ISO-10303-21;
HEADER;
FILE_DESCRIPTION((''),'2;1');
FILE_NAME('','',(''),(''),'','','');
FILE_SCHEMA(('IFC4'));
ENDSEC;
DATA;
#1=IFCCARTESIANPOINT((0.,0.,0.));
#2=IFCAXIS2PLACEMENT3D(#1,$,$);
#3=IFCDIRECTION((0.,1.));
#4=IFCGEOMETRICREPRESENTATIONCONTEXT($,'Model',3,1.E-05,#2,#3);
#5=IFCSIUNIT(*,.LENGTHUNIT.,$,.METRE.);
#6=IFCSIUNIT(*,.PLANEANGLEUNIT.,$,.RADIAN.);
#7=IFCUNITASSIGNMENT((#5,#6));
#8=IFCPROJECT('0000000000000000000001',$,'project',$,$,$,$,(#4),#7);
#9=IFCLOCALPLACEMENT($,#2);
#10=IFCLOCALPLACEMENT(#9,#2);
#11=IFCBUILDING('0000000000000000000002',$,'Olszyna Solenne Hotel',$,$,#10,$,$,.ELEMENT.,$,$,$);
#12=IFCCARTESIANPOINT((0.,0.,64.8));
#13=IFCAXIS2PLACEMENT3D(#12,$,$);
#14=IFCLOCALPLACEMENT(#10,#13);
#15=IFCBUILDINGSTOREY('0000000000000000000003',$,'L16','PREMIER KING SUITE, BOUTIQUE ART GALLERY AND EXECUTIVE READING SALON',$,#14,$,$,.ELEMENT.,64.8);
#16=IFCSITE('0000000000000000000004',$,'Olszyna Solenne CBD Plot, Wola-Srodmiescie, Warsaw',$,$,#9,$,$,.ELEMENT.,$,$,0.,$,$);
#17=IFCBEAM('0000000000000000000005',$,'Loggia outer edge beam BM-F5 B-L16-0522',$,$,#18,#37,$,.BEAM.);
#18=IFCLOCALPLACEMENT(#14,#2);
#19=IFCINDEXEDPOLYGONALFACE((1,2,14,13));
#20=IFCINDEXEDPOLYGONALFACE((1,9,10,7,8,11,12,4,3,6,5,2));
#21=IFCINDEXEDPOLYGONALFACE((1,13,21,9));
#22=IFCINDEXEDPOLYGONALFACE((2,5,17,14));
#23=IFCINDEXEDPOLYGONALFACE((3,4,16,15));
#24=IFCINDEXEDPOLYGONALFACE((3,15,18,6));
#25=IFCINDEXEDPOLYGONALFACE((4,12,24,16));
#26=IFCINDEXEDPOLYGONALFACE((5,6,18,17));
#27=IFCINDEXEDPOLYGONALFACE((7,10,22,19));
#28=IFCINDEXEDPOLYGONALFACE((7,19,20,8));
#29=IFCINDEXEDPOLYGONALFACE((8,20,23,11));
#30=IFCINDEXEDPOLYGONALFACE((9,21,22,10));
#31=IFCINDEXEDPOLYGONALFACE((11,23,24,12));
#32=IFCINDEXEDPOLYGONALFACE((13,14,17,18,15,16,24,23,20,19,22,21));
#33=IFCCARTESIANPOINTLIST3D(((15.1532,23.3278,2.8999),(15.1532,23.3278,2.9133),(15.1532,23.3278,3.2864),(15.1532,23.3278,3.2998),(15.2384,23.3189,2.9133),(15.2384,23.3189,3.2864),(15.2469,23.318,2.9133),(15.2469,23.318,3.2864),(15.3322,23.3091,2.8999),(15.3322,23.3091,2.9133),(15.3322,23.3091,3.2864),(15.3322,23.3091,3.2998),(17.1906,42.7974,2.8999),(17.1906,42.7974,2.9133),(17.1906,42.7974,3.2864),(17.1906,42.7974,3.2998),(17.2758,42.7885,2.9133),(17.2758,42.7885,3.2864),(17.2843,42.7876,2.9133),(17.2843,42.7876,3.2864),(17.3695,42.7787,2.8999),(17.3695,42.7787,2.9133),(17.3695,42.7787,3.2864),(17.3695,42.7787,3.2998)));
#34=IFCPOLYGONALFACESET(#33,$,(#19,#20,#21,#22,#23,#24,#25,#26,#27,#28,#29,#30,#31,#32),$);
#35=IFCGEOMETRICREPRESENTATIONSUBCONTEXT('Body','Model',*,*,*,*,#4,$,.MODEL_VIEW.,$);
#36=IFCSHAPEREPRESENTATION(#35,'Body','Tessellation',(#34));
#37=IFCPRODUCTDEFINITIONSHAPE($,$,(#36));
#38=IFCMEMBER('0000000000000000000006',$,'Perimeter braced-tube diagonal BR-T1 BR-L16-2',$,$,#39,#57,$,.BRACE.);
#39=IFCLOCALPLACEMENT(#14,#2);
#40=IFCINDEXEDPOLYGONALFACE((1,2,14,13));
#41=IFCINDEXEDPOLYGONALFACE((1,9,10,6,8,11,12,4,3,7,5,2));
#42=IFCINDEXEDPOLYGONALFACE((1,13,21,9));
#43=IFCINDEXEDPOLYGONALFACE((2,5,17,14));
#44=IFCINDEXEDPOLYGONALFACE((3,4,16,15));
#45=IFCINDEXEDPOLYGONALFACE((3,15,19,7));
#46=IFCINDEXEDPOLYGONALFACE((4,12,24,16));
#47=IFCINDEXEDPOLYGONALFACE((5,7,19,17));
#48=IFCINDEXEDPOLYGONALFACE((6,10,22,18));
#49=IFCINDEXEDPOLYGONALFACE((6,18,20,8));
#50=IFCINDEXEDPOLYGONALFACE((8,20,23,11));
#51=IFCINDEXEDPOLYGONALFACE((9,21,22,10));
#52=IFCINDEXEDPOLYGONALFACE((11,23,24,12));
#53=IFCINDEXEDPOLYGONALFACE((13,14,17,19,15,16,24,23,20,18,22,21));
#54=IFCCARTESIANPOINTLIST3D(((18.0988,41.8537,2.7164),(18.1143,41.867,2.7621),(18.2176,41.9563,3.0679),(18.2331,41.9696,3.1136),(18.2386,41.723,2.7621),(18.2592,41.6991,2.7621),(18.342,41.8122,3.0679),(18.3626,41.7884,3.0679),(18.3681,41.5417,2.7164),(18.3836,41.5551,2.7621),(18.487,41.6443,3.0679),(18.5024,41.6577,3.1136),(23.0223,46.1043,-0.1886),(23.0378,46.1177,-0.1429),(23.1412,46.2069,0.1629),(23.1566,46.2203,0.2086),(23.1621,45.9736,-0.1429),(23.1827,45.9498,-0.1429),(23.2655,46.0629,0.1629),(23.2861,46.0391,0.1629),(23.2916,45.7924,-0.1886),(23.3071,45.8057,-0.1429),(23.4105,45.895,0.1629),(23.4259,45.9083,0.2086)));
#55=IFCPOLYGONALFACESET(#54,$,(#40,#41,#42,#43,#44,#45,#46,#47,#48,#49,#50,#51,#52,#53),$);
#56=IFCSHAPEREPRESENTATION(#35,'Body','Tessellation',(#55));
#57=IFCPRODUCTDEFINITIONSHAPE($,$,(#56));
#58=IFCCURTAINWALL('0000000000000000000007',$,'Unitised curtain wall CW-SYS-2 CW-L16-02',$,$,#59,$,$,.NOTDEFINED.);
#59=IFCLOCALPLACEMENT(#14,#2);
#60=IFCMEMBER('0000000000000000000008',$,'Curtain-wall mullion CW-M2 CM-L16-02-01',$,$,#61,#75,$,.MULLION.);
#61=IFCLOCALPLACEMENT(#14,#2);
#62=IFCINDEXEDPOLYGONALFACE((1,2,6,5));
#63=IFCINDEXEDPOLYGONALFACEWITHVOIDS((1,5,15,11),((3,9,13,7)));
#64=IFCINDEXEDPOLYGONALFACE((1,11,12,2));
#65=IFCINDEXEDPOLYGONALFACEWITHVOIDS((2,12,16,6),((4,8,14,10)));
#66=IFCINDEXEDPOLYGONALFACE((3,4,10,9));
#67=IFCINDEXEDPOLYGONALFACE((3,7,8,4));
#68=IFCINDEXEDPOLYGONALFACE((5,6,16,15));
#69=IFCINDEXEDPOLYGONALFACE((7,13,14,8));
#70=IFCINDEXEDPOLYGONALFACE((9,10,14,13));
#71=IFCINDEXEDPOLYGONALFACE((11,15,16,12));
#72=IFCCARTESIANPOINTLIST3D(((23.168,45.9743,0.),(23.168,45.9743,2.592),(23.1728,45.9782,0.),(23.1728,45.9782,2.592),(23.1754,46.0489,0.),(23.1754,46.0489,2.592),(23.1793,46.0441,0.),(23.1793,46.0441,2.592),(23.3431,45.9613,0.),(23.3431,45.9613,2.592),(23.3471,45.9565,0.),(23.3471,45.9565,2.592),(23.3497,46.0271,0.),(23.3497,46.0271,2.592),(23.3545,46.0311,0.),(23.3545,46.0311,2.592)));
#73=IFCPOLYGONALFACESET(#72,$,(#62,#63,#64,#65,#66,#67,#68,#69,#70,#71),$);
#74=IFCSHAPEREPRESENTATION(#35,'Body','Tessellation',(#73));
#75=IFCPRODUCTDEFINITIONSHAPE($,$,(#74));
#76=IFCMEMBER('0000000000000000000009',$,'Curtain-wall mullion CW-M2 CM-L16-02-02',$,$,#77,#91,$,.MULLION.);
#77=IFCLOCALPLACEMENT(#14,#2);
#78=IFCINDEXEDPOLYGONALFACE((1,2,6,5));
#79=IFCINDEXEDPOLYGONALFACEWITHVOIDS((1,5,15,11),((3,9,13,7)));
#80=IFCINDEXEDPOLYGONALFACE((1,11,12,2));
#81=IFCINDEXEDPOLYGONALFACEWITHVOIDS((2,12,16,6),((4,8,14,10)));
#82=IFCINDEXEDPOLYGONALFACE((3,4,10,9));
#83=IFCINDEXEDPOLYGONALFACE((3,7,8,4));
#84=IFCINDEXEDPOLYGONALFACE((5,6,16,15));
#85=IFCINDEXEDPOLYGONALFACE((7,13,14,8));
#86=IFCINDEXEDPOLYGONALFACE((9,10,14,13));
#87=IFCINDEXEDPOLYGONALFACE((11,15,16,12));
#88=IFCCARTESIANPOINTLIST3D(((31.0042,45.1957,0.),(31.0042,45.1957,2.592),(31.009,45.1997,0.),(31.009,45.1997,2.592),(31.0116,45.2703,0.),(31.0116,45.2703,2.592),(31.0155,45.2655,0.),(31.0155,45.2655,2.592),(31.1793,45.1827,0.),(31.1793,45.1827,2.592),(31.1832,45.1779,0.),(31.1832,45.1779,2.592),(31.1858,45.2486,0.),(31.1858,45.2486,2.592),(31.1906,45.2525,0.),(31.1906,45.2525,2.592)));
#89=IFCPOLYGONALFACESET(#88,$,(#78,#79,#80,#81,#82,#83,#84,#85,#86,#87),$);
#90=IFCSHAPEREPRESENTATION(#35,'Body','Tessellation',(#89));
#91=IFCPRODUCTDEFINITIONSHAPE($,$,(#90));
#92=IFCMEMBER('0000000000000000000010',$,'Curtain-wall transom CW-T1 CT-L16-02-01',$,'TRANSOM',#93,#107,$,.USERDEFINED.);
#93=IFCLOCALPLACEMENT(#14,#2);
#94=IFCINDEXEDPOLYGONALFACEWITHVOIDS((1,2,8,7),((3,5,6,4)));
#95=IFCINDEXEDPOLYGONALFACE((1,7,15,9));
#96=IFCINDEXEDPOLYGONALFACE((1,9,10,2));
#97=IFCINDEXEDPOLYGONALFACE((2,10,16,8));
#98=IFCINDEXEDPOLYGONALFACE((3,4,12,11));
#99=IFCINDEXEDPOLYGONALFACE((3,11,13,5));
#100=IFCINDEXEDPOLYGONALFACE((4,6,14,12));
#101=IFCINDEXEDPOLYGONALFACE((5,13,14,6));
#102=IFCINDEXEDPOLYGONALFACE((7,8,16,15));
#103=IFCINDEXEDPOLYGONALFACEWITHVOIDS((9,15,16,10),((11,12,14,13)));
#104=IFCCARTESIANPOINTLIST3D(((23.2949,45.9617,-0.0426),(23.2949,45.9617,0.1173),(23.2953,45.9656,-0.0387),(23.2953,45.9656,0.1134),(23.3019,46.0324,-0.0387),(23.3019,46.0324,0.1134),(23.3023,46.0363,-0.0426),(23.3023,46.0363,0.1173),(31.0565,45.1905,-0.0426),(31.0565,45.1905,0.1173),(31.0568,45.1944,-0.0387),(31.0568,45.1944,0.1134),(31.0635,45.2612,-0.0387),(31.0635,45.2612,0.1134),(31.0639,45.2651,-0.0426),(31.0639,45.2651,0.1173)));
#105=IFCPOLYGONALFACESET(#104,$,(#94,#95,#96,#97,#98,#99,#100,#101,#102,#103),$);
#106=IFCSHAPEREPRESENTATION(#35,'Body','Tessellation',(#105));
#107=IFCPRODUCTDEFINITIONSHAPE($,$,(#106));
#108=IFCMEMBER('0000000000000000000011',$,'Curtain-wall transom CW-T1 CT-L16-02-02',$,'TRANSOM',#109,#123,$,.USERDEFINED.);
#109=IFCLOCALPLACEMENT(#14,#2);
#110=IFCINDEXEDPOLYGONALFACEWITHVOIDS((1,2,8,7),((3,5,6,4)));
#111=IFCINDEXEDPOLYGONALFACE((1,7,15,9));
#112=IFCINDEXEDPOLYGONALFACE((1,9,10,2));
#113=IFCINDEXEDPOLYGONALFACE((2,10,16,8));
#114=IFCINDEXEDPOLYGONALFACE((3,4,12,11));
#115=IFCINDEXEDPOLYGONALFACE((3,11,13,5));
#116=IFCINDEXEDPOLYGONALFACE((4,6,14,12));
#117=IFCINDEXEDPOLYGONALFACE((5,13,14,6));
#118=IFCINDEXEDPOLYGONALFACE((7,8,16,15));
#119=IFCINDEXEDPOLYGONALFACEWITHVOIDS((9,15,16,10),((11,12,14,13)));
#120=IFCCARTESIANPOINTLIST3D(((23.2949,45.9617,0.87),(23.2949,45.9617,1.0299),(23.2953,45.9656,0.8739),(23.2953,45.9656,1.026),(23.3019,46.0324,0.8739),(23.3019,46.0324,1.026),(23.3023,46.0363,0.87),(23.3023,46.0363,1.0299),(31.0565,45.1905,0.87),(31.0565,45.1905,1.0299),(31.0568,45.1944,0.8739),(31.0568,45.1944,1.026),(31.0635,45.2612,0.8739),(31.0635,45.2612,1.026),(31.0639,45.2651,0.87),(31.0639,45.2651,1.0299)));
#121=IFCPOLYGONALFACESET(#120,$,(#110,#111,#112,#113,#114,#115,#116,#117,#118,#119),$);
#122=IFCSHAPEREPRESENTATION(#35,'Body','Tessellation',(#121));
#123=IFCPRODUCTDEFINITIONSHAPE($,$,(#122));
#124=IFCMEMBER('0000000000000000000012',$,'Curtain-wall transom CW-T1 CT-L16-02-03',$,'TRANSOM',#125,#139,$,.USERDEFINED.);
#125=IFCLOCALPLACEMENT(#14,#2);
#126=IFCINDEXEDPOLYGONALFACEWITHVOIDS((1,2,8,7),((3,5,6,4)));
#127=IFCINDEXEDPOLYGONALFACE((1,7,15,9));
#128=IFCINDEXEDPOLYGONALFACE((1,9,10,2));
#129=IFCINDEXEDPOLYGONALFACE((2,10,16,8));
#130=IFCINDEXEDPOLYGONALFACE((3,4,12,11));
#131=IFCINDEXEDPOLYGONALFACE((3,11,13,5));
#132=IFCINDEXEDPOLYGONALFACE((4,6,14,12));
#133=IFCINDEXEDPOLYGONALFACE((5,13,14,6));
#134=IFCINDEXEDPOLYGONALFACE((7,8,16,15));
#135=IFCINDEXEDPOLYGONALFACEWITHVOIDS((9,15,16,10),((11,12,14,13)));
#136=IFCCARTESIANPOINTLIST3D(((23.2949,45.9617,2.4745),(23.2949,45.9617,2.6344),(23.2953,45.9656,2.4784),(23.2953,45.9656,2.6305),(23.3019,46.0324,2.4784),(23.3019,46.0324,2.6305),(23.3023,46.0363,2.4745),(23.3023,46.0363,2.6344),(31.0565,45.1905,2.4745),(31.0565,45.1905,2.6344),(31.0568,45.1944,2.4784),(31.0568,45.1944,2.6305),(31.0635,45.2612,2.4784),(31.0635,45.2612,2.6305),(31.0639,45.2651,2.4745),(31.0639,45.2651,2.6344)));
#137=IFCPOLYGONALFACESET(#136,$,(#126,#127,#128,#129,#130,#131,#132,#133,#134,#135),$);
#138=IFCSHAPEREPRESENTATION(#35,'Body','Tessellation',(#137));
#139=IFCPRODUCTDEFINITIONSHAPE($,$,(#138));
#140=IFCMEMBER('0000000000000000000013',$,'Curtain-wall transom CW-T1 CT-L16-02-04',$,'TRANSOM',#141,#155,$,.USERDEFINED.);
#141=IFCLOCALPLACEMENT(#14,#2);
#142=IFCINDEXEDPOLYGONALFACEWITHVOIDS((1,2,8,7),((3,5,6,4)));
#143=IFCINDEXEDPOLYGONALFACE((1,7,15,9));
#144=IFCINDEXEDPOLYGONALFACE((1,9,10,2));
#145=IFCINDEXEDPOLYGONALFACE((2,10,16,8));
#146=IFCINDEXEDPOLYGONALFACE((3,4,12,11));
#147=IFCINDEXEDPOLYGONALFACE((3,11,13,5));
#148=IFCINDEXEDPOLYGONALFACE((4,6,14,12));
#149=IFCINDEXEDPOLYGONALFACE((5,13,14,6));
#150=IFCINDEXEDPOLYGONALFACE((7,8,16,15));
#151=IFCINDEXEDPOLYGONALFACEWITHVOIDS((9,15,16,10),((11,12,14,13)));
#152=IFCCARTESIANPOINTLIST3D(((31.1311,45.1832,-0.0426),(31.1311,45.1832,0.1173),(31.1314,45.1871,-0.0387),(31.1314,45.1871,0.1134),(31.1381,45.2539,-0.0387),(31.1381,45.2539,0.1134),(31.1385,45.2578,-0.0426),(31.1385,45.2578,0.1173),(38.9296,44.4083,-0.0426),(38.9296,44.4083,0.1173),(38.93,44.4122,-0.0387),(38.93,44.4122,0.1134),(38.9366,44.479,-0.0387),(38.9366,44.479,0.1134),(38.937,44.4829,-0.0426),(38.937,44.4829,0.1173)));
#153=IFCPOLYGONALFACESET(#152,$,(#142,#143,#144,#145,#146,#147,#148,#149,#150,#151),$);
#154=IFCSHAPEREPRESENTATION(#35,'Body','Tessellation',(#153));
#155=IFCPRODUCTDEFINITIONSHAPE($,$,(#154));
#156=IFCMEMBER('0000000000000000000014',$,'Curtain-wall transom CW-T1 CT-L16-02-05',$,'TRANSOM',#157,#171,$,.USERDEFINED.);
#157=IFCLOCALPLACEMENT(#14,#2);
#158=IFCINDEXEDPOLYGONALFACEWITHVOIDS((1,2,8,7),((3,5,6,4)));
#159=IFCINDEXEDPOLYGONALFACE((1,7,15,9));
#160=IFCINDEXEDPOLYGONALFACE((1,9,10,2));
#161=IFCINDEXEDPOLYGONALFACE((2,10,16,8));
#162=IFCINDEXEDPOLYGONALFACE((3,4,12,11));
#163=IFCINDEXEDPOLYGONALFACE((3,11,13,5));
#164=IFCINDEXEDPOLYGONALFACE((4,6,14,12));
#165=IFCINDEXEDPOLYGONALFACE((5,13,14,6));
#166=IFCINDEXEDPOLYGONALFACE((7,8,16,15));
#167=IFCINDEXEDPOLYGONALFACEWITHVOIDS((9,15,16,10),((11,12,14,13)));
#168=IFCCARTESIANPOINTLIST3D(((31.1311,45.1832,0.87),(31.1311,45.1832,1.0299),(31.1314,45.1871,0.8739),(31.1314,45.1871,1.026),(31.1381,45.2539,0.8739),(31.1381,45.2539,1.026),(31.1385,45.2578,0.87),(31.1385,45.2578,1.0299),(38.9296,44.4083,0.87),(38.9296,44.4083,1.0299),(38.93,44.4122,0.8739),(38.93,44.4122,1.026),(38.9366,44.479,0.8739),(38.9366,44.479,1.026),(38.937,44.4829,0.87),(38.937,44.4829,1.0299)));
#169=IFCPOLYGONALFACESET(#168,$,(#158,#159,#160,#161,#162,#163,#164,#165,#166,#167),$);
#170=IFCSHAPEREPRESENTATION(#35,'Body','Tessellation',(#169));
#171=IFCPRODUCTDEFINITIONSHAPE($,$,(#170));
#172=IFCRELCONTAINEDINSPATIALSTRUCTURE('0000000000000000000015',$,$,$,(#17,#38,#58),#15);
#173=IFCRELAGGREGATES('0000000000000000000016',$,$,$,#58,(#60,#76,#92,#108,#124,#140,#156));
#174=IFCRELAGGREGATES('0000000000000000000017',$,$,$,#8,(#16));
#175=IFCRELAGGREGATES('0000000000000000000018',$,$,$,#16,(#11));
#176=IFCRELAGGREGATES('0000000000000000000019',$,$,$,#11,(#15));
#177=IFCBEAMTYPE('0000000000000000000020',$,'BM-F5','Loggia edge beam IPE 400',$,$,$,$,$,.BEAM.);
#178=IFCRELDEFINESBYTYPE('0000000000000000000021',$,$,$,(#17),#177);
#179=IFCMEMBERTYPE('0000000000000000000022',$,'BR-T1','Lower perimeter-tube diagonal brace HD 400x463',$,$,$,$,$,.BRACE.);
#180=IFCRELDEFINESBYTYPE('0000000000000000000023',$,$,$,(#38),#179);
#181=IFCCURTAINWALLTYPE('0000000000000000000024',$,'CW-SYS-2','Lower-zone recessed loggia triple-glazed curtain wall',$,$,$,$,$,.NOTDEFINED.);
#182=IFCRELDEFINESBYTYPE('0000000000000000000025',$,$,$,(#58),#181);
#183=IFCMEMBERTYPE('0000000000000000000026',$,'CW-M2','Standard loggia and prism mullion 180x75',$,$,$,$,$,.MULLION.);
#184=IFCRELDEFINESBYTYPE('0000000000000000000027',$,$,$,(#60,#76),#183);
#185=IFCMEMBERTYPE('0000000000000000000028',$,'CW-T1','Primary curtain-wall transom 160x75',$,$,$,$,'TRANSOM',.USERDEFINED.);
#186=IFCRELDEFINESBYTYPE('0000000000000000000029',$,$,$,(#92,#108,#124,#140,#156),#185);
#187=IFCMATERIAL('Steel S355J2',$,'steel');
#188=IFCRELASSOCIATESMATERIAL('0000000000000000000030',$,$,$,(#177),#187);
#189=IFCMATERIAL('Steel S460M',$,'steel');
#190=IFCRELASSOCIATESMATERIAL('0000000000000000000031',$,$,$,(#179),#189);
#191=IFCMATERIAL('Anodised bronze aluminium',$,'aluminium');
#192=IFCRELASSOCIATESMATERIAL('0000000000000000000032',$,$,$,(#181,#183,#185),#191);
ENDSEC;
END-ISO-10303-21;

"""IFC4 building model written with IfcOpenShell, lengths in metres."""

from ifc_helpers import new_model, si_unit, direction, frame, origin, origin_2d, place, context, subcontext, project, spatial, hollow_rectangle, i_section, extrude, source, transform, mapped, material, material_profile, profile_set, type_object, element, aggregate, save


model = new_model("IFC4")

# Units and contexts
model_context = context("Model", 3, precision=1e-05, world=origin(), true_north=direction((0.0, 1.0)))
body_context = subcontext(model_context, "Body", "Model", "MODEL_VIEW")
ifc_project = project(units=[si_unit("LENGTHUNIT", "METRE"), si_unit("PLANEANGLEUNIT", "RADIAN")], contexts=[model_context])

# Site, building, storey
site_placement = place(None, origin())
site = spatial("IfcSite", under=ifc_project, at=site_placement, Name="Olszyna Solenne CBD Plot, Wola-Srodmiescie, Warsaw", CompositionType="ELEMENT", RefElevation=0.0)
building_placement = place(site_placement, origin())
building = spatial("IfcBuilding", under=site, at=building_placement, Name="Olszyna Solenne Hotel", CompositionType="ELEMENT")
storey_placement = place(building_placement, frame((0.0, 0.0, 64.8)))
storey = spatial("IfcBuildingStorey", under=building, at=storey_placement, Name="L16", Description="PREMIER KING SUITE, BOUTIQUE ART GALLERY AND EXECUTIVE READING SALON", CompositionType="ELEMENT", Elevation=64.8)

# Shared definitions
ifc_material_1 = material(Name="Steel S460M", Category="steel")

# Beam
ifc_material_2 = material(Name="Steel S355J2", Category="steel")
ifc_material_profile_1 = material_profile(ifc_material_2, i_section(OverallWidth=0.1799, OverallDepth=0.3999, WebThickness=0.0085, FlangeThickness=0.0134, at=origin_2d()), Name="IPE 400", Category="load-bearing")
ifc_profile_set_1 = profile_set([ifc_material_profile_1], Name="Steel S355J2")
beam_type_1 = type_object("IfcBeamType", Name="BM-F5", Description="Loggia edge beam IPE 400", PredefinedType="BEAM", material=ifc_profile_set_1)
shared_shape_1 = source(origin(), body_context, "Body", "SweptSolid", [
    extrude(i_section(OverallWidth=0.1799, OverallDepth=0.3999, WebThickness=0.0085, FlangeThickness=0.0134, at=origin_2d()), origin(), (0.0, 0.0, 1.0), 19.5759),
])
beam_1_placement = place(storey_placement, frame((17.28, 42.7881, 3.0999), z_axis=(-0.104074, -0.99457, 0.0), x_axis=(0.99457, -0.104074, 0.0)))
element("IfcBeam", 1, at=beam_1_placement, inside=storey, type_object=beam_type_1, Name="Loggia outer edge beam BM-F5 B-L16-0522", PredefinedType="BEAM", context=body_context, shape_type="MappedRepresentation", body=[
    mapped(shared_shape_1, transform((0.0, 0.0, 0.0), x_axis=(1.0, 0.0, 0.0), y_axis=(0.0, 1.0, 0.0), z_axis=(0.0, 0.0, 1.0), scale=1.0)),
])

# Member
ifc_material_profile_2 = material_profile(ifc_material_1, i_section(OverallWidth=0.4121, OverallDepth=0.4351, WebThickness=0.0315, FlangeThickness=0.05, at=origin_2d()), Name="HD 400x463", Category="load-bearing")
ifc_profile_set_2 = profile_set([ifc_material_profile_2], Name="Steel S460M")
member_type_1 = type_object("IfcMemberType", Name="BR-T1", Description="Lower perimeter-tube diagonal brace HD 400x463", PredefinedType="BRACE", material=ifc_profile_set_2)
shared_shape_2 = source(origin(), body_context, "Body", "SweptSolid", [
    extrude(i_section(OverallWidth=0.4121, OverallDepth=0.4351, WebThickness=0.0315, FlangeThickness=0.05, at=origin_2d()), origin(), (0.0, 0.0, 1.0), 7.1238),
])
member_1_placement = place(storey_placement, frame((23.2241, 46.0063, 0.01), z_axis=(-0.691138, -0.596688, 0.407788), x_axis=(0.653492, -0.756934, 0.0)))
element("IfcMember", 2, at=member_1_placement, inside=storey, type_object=member_type_1, Name="Perimeter braced-tube diagonal BR-T1 BR-L16-2", PredefinedType="BRACE", context=body_context, shape_type="MappedRepresentation", body=[
    mapped(shared_shape_2, transform((0.0, 0.0, 0.0), x_axis=(1.0, 0.0, 0.0), y_axis=(0.0, 1.0, 0.0), z_axis=(0.0, 0.0, 1.0), scale=1.0)),
])

# Curtain wall, members
ifc_material_3 = material(Name="Anodised bronze aluminium", Category="aluminium")
curtain_wall_type = type_object("IfcCurtainWallType", Name="CW-SYS-2", Description="Lower-zone recessed loggia triple-glazed curtain wall", PredefinedType="NOTDEFINED", material=ifc_material_3)
curtain_wall_placement = place(storey_placement, origin())
curtain_wall = element("IfcCurtainWall", 3, at=curtain_wall_placement, inside=storey, type_object=curtain_wall_type, Name="Unitised curtain wall CW-SYS-2 CW-L16-02", PredefinedType="NOTDEFINED")
ifc_material_profile_3 = material_profile(ifc_material_3, hollow_rectangle(XDim=0.075, YDim=0.1799, WallThickness=0.0044, at=origin_2d()), Name="MULL 180x75x4.5", Category="load-bearing")
ifc_profile_set_3 = profile_set([ifc_material_profile_3], Name="Anodised bronze aluminium")
member_type_2 = type_object("IfcMemberType", Name="CW-M2", Description="Standard loggia and prism mullion 180x75", PredefinedType="MULLION", material=ifc_profile_set_3)
shared_shape_3 = source(origin(), body_context, "Body", "SweptSolid", [
    extrude(hollow_rectangle(XDim=0.075, YDim=0.1799, WallThickness=0.0044, at=origin_2d()), origin(), (0.0, 0.0, 1.0), 2.592),
])
member_2_placement = place(storey_placement, frame((23.2612, 46.0027, 0.0), z_axis=(0.0, 0.0, 1.0), x_axis=(0.098865, 0.995101, 0.0)))
member_2 = element("IfcMember", 4, at=member_2_placement, type_object=member_type_2, Name="Curtain-wall mullion CW-M2 CM-L16-02-01", PredefinedType="MULLION", context=body_context, shape_type="MappedRepresentation", body=[
    mapped(shared_shape_3, transform((0.0, 0.0, 0.0), x_axis=(1.0, 0.0, 0.0), y_axis=(0.0, 1.0, 0.0), z_axis=(0.0, 0.0, 1.0), scale=1.0)),
])
member_3_placement = place(storey_placement, frame((31.0974, 45.2241, 0.0), z_axis=(0.0, 0.0, 1.0), x_axis=(0.098865, 0.995101, 0.0)))
member_3 = element("IfcMember", 5, at=member_3_placement, type_object=member_type_2, Name="Curtain-wall mullion CW-M2 CM-L16-02-02", PredefinedType="MULLION", context=body_context, shape_type="MappedRepresentation", body=[
    mapped(shared_shape_3, transform((0.0, 0.0, 0.0), x_axis=(1.0, 0.0, 0.0), y_axis=(0.0, 1.0, 0.0), z_axis=(0.0, 0.0, 1.0), scale=1.0)),
])
ifc_material_profile_4 = material_profile(ifc_material_3, hollow_rectangle(XDim=0.075, YDim=0.1599, WallThickness=0.0039, at=origin_2d()), Name="TRAN 160x75x4", Category="load-bearing")
ifc_profile_set_4 = profile_set([ifc_material_profile_4], Name="Anodised bronze aluminium")
member_type_3 = type_object("IfcMemberType", Name="CW-T1", Description="Primary curtain-wall transom 160x75", ElementType="TRANSOM", PredefinedType="USERDEFINED", material=ifc_profile_set_4)
shared_shape_4 = source(origin(), body_context, "Body", "SweptSolid", [
    extrude(hollow_rectangle(XDim=0.075, YDim=0.1599, WallThickness=0.0039, at=origin_2d()), origin(), (0.0, 0.0, 1.0), 7.7998),
])
member_4_placement = place(storey_placement, frame((23.2986, 45.999, 0.0374), z_axis=(0.995099, -0.098881, 0.0), x_axis=(0.098881, 0.995099, 0.0)))
member_4 = element("IfcMember", 6, at=member_4_placement, type_object=member_type_3, Name="Curtain-wall transom CW-T1 CT-L16-02-01", ObjectType="TRANSOM", PredefinedType="USERDEFINED", context=body_context, shape_type="MappedRepresentation", body=[
    mapped(shared_shape_4, transform((0.0, 0.0, 0.0), x_axis=(1.0, 0.0, 0.0), y_axis=(0.0, 1.0, 0.0), z_axis=(0.0, 0.0, 1.0), scale=1.0)),
])
member_5_placement = place(storey_placement, frame((23.2986, 45.999, 0.95), z_axis=(0.995099, -0.098881, 0.0), x_axis=(0.098881, 0.995099, 0.0)))
member_5 = element("IfcMember", 7, at=member_5_placement, type_object=member_type_3, Name="Curtain-wall transom CW-T1 CT-L16-02-02", ObjectType="TRANSOM", PredefinedType="USERDEFINED", context=body_context, shape_type="MappedRepresentation", body=[
    mapped(shared_shape_4, transform((0.0, 0.0, 0.0), x_axis=(1.0, 0.0, 0.0), y_axis=(0.0, 1.0, 0.0), z_axis=(0.0, 0.0, 1.0), scale=1.0)),
])
member_6_placement = place(storey_placement, frame((23.2986, 45.999, 2.5544), z_axis=(0.995099, -0.098881, 0.0), x_axis=(0.098881, 0.995099, 0.0)))
member_6 = element("IfcMember", 8, at=member_6_placement, type_object=member_type_3, Name="Curtain-wall transom CW-T1 CT-L16-02-03", ObjectType="TRANSOM", PredefinedType="USERDEFINED", context=body_context, shape_type="MappedRepresentation", body=[
    mapped(shared_shape_4, transform((0.0, 0.0, 0.0), x_axis=(1.0, 0.0, 0.0), y_axis=(0.0, 1.0, 0.0), z_axis=(0.0, 0.0, 1.0), scale=1.0)),
])
shared_shape_5 = source(origin(), body_context, "Body", "SweptSolid", [
    extrude(hollow_rectangle(XDim=0.075, YDim=0.1599, WallThickness=0.0039, at=origin_2d()), origin(), (0.0, 0.0, 1.0), 7.8369),
])
member_7_placement = place(storey_placement, frame((31.1348, 45.2205, 0.0374), z_axis=(0.9951, -0.098878, 0.0), x_axis=(0.098878, 0.9951, 0.0)))
member_7 = element("IfcMember", 9, at=member_7_placement, type_object=member_type_3, Name="Curtain-wall transom CW-T1 CT-L16-02-04", ObjectType="TRANSOM", PredefinedType="USERDEFINED", context=body_context, shape_type="MappedRepresentation", body=[
    mapped(shared_shape_5, transform((0.0, 0.0, 0.0), x_axis=(1.0, 0.0, 0.0), y_axis=(0.0, 1.0, 0.0), z_axis=(0.0, 0.0, 1.0), scale=1.0)),
])
member_8_placement = place(storey_placement, frame((31.1348, 45.2205, 0.95), z_axis=(0.9951, -0.098878, 0.0), x_axis=(0.098878, 0.9951, 0.0)))
member_8 = element("IfcMember", 10, at=member_8_placement, type_object=member_type_3, Name="Curtain-wall transom CW-T1 CT-L16-02-05", ObjectType="TRANSOM", PredefinedType="USERDEFINED", context=body_context, shape_type="MappedRepresentation", body=[
    mapped(shared_shape_5, transform((0.0, 0.0, 0.0), x_axis=(1.0, 0.0, 0.0), y_axis=(0.0, 1.0, 0.0), z_axis=(0.0, 0.0, 1.0), scale=1.0)),
])

aggregate(curtain_wall, [member_2, member_3, member_4, member_5, member_6, member_7, member_8])

save(model, "model.ifc")
